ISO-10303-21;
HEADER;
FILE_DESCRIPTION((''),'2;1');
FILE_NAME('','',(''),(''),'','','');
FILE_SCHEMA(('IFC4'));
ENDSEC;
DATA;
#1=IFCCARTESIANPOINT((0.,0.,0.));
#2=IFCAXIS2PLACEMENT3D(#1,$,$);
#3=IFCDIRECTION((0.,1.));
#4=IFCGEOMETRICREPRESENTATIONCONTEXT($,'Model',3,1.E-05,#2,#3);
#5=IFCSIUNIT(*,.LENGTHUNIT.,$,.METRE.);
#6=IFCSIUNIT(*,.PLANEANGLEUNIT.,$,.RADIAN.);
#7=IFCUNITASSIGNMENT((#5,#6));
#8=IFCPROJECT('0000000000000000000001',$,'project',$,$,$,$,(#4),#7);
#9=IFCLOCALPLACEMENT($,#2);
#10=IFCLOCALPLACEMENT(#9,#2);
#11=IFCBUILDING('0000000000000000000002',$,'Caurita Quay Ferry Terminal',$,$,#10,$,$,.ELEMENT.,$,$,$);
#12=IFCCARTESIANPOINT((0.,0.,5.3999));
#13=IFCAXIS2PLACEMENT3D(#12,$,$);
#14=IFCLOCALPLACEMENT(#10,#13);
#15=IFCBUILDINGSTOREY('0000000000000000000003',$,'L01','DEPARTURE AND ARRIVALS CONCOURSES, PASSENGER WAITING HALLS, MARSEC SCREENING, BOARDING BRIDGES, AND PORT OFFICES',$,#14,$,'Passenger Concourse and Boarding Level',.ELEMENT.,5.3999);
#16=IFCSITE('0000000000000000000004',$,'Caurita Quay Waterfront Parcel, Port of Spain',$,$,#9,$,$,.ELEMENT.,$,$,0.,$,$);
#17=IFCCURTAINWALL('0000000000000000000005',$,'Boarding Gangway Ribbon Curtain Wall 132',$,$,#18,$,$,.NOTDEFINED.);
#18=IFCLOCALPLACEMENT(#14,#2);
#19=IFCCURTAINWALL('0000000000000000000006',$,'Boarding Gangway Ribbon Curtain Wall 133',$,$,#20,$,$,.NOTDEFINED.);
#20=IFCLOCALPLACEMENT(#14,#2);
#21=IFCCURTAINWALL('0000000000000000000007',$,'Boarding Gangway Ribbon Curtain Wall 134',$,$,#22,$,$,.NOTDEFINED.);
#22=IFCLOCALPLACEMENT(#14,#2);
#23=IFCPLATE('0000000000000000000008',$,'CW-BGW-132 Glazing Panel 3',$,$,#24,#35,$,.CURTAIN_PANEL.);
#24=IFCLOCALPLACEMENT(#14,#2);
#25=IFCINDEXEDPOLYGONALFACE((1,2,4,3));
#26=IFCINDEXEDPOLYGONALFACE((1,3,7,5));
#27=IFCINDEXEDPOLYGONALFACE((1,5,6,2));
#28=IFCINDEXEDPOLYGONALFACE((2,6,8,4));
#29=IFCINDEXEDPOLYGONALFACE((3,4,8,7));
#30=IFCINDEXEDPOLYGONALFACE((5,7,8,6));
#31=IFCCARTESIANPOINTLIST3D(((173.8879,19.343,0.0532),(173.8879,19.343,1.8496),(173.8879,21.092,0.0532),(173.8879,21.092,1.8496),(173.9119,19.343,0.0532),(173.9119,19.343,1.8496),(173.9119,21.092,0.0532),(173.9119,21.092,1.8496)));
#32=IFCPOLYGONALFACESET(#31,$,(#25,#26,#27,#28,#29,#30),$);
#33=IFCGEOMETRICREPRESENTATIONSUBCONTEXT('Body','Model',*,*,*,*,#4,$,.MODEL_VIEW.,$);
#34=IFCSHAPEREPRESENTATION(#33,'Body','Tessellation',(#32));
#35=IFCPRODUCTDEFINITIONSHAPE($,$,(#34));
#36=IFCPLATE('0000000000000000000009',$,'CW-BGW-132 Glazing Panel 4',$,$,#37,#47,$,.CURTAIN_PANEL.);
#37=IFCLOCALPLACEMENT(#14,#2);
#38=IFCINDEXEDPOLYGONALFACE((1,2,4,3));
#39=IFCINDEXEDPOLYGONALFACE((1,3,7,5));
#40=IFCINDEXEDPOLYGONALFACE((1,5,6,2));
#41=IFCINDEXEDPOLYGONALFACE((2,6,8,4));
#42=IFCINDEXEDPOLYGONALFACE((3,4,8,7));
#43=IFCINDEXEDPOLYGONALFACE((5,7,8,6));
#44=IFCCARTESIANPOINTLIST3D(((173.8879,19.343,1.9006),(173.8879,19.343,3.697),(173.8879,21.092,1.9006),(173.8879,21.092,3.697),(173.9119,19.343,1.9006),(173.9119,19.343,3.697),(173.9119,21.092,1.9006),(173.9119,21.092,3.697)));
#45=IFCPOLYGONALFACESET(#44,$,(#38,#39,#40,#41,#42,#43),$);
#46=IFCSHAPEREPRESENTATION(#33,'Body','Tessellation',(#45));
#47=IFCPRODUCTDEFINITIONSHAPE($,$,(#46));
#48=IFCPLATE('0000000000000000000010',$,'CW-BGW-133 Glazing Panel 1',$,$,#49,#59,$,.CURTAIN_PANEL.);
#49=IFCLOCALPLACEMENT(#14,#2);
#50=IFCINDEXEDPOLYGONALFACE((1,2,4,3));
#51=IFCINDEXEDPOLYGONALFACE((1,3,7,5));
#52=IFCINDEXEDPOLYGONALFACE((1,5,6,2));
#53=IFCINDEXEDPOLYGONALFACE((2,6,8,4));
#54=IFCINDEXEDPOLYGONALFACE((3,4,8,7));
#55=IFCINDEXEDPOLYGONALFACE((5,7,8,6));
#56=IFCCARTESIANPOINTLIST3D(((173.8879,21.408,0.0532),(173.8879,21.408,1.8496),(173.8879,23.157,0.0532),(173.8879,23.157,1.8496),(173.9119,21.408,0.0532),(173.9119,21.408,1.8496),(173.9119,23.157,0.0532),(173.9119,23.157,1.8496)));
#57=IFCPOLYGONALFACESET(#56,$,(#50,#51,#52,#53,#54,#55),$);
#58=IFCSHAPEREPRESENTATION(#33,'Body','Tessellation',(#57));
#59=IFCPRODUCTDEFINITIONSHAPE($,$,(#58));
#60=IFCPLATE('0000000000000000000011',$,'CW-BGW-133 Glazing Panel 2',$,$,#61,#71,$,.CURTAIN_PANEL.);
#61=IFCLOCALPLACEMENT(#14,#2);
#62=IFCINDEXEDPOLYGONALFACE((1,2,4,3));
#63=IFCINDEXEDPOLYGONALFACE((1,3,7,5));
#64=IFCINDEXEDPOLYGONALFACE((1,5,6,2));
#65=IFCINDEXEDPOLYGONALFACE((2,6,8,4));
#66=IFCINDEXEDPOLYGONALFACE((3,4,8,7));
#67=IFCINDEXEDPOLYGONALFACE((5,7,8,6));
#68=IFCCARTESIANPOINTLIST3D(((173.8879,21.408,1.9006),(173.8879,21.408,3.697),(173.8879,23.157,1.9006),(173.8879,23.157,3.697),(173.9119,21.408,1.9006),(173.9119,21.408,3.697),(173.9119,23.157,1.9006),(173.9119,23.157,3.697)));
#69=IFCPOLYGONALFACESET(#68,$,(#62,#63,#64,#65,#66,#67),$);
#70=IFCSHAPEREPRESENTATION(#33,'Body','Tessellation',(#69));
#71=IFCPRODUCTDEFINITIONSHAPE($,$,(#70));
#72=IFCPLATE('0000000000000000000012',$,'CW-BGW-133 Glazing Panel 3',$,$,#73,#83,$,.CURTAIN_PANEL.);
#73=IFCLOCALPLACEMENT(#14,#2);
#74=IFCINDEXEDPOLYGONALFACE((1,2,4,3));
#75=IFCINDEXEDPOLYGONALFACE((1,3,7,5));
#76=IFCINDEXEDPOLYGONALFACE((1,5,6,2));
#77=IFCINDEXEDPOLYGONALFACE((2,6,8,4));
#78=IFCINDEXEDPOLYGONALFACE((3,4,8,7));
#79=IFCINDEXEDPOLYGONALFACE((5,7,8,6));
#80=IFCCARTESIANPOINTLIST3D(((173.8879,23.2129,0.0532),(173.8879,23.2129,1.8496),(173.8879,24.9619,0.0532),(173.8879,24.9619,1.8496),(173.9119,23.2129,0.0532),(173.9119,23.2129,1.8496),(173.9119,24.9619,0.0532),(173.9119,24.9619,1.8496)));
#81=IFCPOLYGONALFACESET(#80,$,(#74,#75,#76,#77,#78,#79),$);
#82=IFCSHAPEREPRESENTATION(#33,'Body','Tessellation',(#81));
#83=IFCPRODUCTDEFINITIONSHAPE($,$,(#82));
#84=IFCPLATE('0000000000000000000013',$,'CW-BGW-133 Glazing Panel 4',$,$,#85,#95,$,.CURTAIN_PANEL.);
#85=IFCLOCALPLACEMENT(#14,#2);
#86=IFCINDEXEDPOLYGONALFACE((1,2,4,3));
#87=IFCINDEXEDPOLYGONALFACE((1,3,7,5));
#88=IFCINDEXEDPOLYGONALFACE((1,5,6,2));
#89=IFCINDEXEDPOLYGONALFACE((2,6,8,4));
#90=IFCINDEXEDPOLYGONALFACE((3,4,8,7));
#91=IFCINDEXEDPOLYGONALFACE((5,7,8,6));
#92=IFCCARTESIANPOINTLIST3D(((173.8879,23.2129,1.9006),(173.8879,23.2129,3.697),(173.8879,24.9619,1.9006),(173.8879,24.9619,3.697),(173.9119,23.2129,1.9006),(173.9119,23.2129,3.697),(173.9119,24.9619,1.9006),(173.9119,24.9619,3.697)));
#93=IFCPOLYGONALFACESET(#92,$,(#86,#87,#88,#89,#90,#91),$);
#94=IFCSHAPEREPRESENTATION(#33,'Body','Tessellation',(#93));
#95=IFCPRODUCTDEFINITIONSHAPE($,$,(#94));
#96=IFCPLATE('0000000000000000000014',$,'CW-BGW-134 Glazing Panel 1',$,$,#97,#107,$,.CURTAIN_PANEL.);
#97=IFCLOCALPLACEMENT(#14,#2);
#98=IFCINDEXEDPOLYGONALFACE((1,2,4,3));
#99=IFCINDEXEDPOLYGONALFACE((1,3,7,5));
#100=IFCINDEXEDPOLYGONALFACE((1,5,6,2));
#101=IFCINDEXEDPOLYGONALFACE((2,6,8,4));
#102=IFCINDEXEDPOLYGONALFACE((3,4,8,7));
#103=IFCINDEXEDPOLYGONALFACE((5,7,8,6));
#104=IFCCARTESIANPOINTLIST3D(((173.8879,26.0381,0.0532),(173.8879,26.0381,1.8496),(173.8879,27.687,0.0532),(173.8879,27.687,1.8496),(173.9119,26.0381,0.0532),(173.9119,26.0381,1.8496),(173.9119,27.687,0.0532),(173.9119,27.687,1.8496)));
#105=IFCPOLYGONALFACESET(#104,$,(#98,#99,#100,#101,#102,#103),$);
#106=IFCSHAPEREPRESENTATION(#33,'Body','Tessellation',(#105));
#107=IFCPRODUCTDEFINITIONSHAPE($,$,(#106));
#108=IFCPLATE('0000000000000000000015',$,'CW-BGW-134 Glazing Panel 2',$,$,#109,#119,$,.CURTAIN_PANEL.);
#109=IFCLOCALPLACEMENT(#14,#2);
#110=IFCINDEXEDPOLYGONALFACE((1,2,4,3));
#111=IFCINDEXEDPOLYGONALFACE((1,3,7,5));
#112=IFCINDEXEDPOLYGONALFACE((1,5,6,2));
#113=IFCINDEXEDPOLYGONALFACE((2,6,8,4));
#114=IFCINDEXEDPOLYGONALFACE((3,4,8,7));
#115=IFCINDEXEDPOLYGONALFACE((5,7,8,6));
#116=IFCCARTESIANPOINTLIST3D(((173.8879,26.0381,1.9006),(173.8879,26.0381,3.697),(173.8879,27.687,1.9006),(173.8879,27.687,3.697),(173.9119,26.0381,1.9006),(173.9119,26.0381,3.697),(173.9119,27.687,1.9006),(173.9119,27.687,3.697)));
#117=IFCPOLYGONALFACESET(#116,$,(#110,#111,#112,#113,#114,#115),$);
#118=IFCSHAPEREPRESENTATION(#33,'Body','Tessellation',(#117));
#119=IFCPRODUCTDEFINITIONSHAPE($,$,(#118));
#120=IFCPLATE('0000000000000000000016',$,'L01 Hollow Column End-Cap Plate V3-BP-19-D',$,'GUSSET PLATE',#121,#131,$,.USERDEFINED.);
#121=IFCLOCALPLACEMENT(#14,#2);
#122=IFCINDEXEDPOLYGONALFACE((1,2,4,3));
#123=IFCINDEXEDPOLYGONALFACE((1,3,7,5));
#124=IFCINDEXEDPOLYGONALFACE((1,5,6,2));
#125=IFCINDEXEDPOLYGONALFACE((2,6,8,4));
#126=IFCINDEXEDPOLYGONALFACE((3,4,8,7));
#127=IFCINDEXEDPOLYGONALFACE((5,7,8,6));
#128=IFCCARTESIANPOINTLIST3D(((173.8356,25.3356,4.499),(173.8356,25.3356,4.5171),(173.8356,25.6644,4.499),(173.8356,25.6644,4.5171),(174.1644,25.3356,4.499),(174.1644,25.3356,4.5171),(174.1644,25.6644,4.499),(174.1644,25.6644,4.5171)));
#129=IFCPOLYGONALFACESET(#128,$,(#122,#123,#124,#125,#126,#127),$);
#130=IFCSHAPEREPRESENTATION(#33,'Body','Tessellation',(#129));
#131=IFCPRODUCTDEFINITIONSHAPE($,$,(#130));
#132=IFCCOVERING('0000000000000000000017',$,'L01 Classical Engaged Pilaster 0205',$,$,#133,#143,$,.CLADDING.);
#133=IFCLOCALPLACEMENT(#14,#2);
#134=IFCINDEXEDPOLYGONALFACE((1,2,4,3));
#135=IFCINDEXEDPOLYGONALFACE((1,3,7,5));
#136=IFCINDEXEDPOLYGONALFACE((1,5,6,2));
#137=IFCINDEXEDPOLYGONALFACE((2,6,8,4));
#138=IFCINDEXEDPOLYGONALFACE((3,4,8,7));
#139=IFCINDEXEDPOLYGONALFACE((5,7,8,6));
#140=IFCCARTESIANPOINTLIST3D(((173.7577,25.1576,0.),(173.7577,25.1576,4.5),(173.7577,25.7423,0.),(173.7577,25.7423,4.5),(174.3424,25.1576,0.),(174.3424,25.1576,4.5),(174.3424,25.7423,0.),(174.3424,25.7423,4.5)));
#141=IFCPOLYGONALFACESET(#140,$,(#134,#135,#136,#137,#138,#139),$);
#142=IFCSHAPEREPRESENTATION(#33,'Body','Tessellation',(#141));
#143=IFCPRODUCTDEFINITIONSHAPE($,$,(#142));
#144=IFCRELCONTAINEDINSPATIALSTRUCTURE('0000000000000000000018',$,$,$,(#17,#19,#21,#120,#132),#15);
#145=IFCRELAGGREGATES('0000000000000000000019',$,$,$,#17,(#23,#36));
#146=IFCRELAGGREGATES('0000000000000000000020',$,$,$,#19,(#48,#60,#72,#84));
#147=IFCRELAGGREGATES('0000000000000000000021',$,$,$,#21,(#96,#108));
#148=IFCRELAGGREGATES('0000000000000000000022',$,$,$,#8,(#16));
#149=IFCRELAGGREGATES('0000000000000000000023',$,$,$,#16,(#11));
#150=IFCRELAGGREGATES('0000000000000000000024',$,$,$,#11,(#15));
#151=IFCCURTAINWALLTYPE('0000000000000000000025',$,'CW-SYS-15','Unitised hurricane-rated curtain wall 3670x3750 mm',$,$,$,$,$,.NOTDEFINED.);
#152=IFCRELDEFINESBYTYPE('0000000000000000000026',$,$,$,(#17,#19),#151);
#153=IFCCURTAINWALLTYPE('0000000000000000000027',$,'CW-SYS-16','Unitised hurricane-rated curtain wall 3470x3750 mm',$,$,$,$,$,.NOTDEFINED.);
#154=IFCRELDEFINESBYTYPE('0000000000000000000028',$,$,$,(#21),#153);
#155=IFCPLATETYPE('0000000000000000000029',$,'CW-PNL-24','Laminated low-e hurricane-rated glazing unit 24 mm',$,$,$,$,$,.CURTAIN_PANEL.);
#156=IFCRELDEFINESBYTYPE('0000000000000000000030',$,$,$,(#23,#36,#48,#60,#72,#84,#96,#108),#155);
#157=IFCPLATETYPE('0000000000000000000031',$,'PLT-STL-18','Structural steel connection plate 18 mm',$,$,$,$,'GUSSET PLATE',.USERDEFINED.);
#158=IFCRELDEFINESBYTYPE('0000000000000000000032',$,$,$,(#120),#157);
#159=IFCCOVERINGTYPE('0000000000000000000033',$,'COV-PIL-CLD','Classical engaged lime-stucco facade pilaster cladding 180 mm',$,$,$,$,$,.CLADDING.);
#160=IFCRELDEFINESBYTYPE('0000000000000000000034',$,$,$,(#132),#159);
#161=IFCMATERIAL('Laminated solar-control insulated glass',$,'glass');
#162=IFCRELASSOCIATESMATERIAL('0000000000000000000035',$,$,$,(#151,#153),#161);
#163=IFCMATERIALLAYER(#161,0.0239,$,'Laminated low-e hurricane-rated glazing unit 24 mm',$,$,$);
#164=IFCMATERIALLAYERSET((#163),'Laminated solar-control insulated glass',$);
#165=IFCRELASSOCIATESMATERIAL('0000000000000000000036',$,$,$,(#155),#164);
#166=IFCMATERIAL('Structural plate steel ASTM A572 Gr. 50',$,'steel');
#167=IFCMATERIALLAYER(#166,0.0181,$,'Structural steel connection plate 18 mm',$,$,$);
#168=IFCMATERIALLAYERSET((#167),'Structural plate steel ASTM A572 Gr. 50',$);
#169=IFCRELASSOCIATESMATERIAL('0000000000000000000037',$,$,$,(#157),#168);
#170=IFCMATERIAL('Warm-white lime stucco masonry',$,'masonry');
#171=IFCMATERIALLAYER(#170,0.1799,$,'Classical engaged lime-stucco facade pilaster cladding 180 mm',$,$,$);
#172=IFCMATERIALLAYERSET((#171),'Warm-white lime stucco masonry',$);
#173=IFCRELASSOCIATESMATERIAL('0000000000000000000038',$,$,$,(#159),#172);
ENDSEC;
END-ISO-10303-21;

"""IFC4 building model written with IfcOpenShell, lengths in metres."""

from ifc_helpers import new_model, si_unit, direction, frame, origin, origin_2d, place, context, subcontext, project, spatial, rectangle, extrude, material, layer, layer_set, type_object, element, aggregate, save


model = new_model("IFC4")

# Units and contexts
model_context = context("Model", 3, precision=1e-05, world=origin(), true_north=direction((0.0, 1.0)))
body_context = subcontext(model_context, "Body", "Model", "MODEL_VIEW")
ifc_project = project(units=[si_unit("LENGTHUNIT", "METRE"), si_unit("PLANEANGLEUNIT", "RADIAN")], contexts=[model_context])

# Site, building, storey
site_placement = place(None, origin())
site = spatial("IfcSite", under=ifc_project, at=site_placement, Name="Caurita Quay Waterfront Parcel, Port of Spain", CompositionType="ELEMENT", RefElevation=0.0)
building_placement = place(site_placement, origin())
building = spatial("IfcBuilding", under=site, at=building_placement, Name="Caurita Quay Ferry Terminal", CompositionType="ELEMENT")
storey_placement = place(building_placement, frame((0.0, 0.0, 5.3999)))
storey = spatial("IfcBuildingStorey", under=building, at=storey_placement, Name="L01", Description="DEPARTURE AND ARRIVALS CONCOURSES, PASSENGER WAITING HALLS, MARSEC SCREENING, BOARDING BRIDGES, AND PORT OFFICES", LongName="Passenger Concourse and Boarding Level", CompositionType="ELEMENT", Elevation=5.3999)

# Curtain wall
ifc_material_1 = material(Name="Laminated solar-control insulated glass", Category="glass")
curtain_wall_type_1 = type_object("IfcCurtainWallType", Name="CW-SYS-15", Description="Unitised hurricane-rated curtain wall 3670x3750 mm", PredefinedType="NOTDEFINED", material=ifc_material_1)
curtain_wall_1_placement = place(storey_placement, origin())
curtain_wall_1 = element("IfcCurtainWall", 1, at=curtain_wall_1_placement, inside=storey, type_object=curtain_wall_type_1, Name="Boarding Gangway Ribbon Curtain Wall 132", PredefinedType="NOTDEFINED")

# Curtain wall
curtain_wall_2_placement = place(storey_placement, origin())
curtain_wall_2 = element("IfcCurtainWall", 2, at=curtain_wall_2_placement, inside=storey, type_object=curtain_wall_type_1, Name="Boarding Gangway Ribbon Curtain Wall 133", PredefinedType="NOTDEFINED")

# Curtain wall
curtain_wall_type_2 = type_object("IfcCurtainWallType", Name="CW-SYS-16", Description="Unitised hurricane-rated curtain wall 3470x3750 mm", PredefinedType="NOTDEFINED", material=ifc_material_1)
curtain_wall_3_placement = place(storey_placement, origin())
curtain_wall_3 = element("IfcCurtainWall", 3, at=curtain_wall_3_placement, inside=storey, type_object=curtain_wall_type_2, Name="Boarding Gangway Ribbon Curtain Wall 134", PredefinedType="NOTDEFINED")

# Plates
ifc_layer_1 = layer(ifc_material_1, 0.0239, Name="Laminated low-e hurricane-rated glazing unit 24 mm")
ifc_layer_set_1 = layer_set([ifc_layer_1], Name="Laminated solar-control insulated glass")
plate_type_1 = type_object("IfcPlateType", Name="CW-PNL-24", Description="Laminated low-e hurricane-rated glazing unit 24 mm", PredefinedType="CURTAIN_PANEL", material=ifc_layer_set_1)
plate_1_placement = place(storey_placement, frame((173.8999, 20.2175, 0.0532), z_axis=(0.0, 0.0, 1.0), x_axis=(0.0, 1.0, 0.0)))
plate_1 = element("IfcPlate", 4, at=plate_1_placement, type_object=plate_type_1, Name="CW-BGW-132 Glazing Panel 3", PredefinedType="CURTAIN_PANEL", context=body_context, shape_type="SweptSolid", body=[
    extrude(rectangle(XDim=1.749, YDim=0.0239, at=origin_2d()), origin(), (0.0, 0.0, 1.0), 1.7964),
])
plate_2_placement = place(storey_placement, frame((173.8999, 20.2175, 1.9006), z_axis=(0.0, 0.0, 1.0), x_axis=(0.0, 1.0, 0.0)))
plate_2 = element("IfcPlate", 5, at=plate_2_placement, type_object=plate_type_1, Name="CW-BGW-132 Glazing Panel 4", PredefinedType="CURTAIN_PANEL", context=body_context, shape_type="SweptSolid", body=[
    extrude(rectangle(XDim=1.749, YDim=0.0239, at=origin_2d()), origin(), (0.0, 0.0, 1.0), 1.7964),
])
aggregate(curtain_wall_1, [plate_1, plate_2])
plate_3_placement = place(storey_placement, frame((173.8999, 22.2825, 0.0532), z_axis=(0.0, 0.0, 1.0), x_axis=(0.0, 1.0, 0.0)))
plate_3 = element("IfcPlate", 6, at=plate_3_placement, type_object=plate_type_1, Name="CW-BGW-133 Glazing Panel 1", PredefinedType="CURTAIN_PANEL", context=body_context, shape_type="SweptSolid", body=[
    extrude(rectangle(XDim=1.749, YDim=0.0239, at=origin_2d()), origin(), (0.0, 0.0, 1.0), 1.7964),
])
plate_4_placement = place(storey_placement, frame((173.8999, 22.2825, 1.9006), z_axis=(0.0, 0.0, 1.0), x_axis=(0.0, 1.0, 0.0)))
plate_4 = element("IfcPlate", 7, at=plate_4_placement, type_object=plate_type_1, Name="CW-BGW-133 Glazing Panel 2", PredefinedType="CURTAIN_PANEL", context=body_context, shape_type="SweptSolid", body=[
    extrude(rectangle(XDim=1.749, YDim=0.0239, at=origin_2d()), origin(), (0.0, 0.0, 1.0), 1.7964),
])
plate_5_placement = place(storey_placement, frame((173.8999, 24.0874, 0.0532), z_axis=(0.0, 0.0, 1.0), x_axis=(0.0, 1.0, 0.0)))
plate_5 = element("IfcPlate", 8, at=plate_5_placement, type_object=plate_type_1, Name="CW-BGW-133 Glazing Panel 3", PredefinedType="CURTAIN_PANEL", context=body_context, shape_type="SweptSolid", body=[
    extrude(rectangle(XDim=1.749, YDim=0.0239, at=origin_2d()), origin(), (0.0, 0.0, 1.0), 1.7964),
])
plate_6_placement = place(storey_placement, frame((173.8999, 24.0874, 1.9006), z_axis=(0.0, 0.0, 1.0), x_axis=(0.0, 1.0, 0.0)))
plate_6 = element("IfcPlate", 9, at=plate_6_placement, type_object=plate_type_1, Name="CW-BGW-133 Glazing Panel 4", PredefinedType="CURTAIN_PANEL", context=body_context, shape_type="SweptSolid", body=[
    extrude(rectangle(XDim=1.749, YDim=0.0239, at=origin_2d()), origin(), (0.0, 0.0, 1.0), 1.7964),
])
aggregate(curtain_wall_2, [plate_3, plate_4, plate_5, plate_6])
plate_7_placement = place(storey_placement, frame((173.8999, 26.8625, 0.0532), z_axis=(0.0, 0.0, 1.0), x_axis=(0.0, 1.0, 0.0)))
plate_7 = element("IfcPlate", 10, at=plate_7_placement, type_object=plate_type_1, Name="CW-BGW-134 Glazing Panel 1", PredefinedType="CURTAIN_PANEL", context=body_context, shape_type="SweptSolid", body=[
    extrude(rectangle(XDim=1.6489, YDim=0.0239, at=origin_2d()), origin(), (0.0, 0.0, 1.0), 1.7964),
])
plate_8_placement = place(storey_placement, frame((173.8999, 26.8625, 1.9006), z_axis=(0.0, 0.0, 1.0), x_axis=(0.0, 1.0, 0.0)))
plate_8 = element("IfcPlate", 11, at=plate_8_placement, type_object=plate_type_1, Name="CW-BGW-134 Glazing Panel 2", PredefinedType="CURTAIN_PANEL", context=body_context, shape_type="SweptSolid", body=[
    extrude(rectangle(XDim=1.6489, YDim=0.0239, at=origin_2d()), origin(), (0.0, 0.0, 1.0), 1.7964),
])
aggregate(curtain_wall_3, [plate_7, plate_8])
ifc_material_2 = material(Name="Structural plate steel ASTM A572 Gr. 50", Category="steel")
ifc_layer_2 = layer(ifc_material_2, 0.0181, Name="Structural steel connection plate 18 mm")
ifc_layer_set_2 = layer_set([ifc_layer_2], Name="Structural plate steel ASTM A572 Gr. 50")
plate_type_2 = type_object("IfcPlateType", Name="PLT-STL-18", Description="Structural steel connection plate 18 mm", ElementType="GUSSET PLATE", PredefinedType="USERDEFINED", material=ifc_layer_set_2)
plate_9_placement = place(storey_placement, frame((174.0, 25.5, 4.499), z_axis=(0.0, 0.0, 1.0), x_axis=(1.0, 0.0, 0.0)))
element("IfcPlate", 12, at=plate_9_placement, inside=storey, type_object=plate_type_2, Name="L01 Hollow Column End-Cap Plate V3-BP-19-D", ObjectType="GUSSET PLATE", PredefinedType="USERDEFINED", context=body_context, shape_type="SweptSolid", body=[
    extrude(rectangle(XDim=0.3289, YDim=0.3289, at=origin_2d()), origin(), (0.0, 0.0, 1.0), 0.0181),
])

# Covering
ifc_material_3 = material(Name="Warm-white lime stucco masonry", Category="masonry")
ifc_layer_3 = layer(ifc_material_3, 0.1799, Name="Classical engaged lime-stucco facade pilaster cladding 180 mm")
ifc_layer_set_3 = layer_set([ifc_layer_3], Name="Warm-white lime stucco masonry")
covering_type = type_object("IfcCoveringType", Name="COV-PIL-CLD", Description="Classical engaged lime-stucco facade pilaster cladding 180 mm", PredefinedType="CLADDING", material=ifc_layer_set_3)
covering_placement = place(storey_placement, frame((174.05, 25.45, 0.0), z_axis=(0.0, 0.0, 1.0), x_axis=(1.0, 0.0, 0.0)))
element("IfcCovering", 13, at=covering_placement, inside=storey, type_object=covering_type, Name="L01 Classical Engaged Pilaster 0205", PredefinedType="CLADDING", context=body_context, shape_type="SweptSolid", body=[
    extrude(rectangle(XDim=0.5847, YDim=0.5847, at=origin_2d()), origin(), (0.0, 0.0, 1.0), 4.5),
])

save(model, "model.ifc")
